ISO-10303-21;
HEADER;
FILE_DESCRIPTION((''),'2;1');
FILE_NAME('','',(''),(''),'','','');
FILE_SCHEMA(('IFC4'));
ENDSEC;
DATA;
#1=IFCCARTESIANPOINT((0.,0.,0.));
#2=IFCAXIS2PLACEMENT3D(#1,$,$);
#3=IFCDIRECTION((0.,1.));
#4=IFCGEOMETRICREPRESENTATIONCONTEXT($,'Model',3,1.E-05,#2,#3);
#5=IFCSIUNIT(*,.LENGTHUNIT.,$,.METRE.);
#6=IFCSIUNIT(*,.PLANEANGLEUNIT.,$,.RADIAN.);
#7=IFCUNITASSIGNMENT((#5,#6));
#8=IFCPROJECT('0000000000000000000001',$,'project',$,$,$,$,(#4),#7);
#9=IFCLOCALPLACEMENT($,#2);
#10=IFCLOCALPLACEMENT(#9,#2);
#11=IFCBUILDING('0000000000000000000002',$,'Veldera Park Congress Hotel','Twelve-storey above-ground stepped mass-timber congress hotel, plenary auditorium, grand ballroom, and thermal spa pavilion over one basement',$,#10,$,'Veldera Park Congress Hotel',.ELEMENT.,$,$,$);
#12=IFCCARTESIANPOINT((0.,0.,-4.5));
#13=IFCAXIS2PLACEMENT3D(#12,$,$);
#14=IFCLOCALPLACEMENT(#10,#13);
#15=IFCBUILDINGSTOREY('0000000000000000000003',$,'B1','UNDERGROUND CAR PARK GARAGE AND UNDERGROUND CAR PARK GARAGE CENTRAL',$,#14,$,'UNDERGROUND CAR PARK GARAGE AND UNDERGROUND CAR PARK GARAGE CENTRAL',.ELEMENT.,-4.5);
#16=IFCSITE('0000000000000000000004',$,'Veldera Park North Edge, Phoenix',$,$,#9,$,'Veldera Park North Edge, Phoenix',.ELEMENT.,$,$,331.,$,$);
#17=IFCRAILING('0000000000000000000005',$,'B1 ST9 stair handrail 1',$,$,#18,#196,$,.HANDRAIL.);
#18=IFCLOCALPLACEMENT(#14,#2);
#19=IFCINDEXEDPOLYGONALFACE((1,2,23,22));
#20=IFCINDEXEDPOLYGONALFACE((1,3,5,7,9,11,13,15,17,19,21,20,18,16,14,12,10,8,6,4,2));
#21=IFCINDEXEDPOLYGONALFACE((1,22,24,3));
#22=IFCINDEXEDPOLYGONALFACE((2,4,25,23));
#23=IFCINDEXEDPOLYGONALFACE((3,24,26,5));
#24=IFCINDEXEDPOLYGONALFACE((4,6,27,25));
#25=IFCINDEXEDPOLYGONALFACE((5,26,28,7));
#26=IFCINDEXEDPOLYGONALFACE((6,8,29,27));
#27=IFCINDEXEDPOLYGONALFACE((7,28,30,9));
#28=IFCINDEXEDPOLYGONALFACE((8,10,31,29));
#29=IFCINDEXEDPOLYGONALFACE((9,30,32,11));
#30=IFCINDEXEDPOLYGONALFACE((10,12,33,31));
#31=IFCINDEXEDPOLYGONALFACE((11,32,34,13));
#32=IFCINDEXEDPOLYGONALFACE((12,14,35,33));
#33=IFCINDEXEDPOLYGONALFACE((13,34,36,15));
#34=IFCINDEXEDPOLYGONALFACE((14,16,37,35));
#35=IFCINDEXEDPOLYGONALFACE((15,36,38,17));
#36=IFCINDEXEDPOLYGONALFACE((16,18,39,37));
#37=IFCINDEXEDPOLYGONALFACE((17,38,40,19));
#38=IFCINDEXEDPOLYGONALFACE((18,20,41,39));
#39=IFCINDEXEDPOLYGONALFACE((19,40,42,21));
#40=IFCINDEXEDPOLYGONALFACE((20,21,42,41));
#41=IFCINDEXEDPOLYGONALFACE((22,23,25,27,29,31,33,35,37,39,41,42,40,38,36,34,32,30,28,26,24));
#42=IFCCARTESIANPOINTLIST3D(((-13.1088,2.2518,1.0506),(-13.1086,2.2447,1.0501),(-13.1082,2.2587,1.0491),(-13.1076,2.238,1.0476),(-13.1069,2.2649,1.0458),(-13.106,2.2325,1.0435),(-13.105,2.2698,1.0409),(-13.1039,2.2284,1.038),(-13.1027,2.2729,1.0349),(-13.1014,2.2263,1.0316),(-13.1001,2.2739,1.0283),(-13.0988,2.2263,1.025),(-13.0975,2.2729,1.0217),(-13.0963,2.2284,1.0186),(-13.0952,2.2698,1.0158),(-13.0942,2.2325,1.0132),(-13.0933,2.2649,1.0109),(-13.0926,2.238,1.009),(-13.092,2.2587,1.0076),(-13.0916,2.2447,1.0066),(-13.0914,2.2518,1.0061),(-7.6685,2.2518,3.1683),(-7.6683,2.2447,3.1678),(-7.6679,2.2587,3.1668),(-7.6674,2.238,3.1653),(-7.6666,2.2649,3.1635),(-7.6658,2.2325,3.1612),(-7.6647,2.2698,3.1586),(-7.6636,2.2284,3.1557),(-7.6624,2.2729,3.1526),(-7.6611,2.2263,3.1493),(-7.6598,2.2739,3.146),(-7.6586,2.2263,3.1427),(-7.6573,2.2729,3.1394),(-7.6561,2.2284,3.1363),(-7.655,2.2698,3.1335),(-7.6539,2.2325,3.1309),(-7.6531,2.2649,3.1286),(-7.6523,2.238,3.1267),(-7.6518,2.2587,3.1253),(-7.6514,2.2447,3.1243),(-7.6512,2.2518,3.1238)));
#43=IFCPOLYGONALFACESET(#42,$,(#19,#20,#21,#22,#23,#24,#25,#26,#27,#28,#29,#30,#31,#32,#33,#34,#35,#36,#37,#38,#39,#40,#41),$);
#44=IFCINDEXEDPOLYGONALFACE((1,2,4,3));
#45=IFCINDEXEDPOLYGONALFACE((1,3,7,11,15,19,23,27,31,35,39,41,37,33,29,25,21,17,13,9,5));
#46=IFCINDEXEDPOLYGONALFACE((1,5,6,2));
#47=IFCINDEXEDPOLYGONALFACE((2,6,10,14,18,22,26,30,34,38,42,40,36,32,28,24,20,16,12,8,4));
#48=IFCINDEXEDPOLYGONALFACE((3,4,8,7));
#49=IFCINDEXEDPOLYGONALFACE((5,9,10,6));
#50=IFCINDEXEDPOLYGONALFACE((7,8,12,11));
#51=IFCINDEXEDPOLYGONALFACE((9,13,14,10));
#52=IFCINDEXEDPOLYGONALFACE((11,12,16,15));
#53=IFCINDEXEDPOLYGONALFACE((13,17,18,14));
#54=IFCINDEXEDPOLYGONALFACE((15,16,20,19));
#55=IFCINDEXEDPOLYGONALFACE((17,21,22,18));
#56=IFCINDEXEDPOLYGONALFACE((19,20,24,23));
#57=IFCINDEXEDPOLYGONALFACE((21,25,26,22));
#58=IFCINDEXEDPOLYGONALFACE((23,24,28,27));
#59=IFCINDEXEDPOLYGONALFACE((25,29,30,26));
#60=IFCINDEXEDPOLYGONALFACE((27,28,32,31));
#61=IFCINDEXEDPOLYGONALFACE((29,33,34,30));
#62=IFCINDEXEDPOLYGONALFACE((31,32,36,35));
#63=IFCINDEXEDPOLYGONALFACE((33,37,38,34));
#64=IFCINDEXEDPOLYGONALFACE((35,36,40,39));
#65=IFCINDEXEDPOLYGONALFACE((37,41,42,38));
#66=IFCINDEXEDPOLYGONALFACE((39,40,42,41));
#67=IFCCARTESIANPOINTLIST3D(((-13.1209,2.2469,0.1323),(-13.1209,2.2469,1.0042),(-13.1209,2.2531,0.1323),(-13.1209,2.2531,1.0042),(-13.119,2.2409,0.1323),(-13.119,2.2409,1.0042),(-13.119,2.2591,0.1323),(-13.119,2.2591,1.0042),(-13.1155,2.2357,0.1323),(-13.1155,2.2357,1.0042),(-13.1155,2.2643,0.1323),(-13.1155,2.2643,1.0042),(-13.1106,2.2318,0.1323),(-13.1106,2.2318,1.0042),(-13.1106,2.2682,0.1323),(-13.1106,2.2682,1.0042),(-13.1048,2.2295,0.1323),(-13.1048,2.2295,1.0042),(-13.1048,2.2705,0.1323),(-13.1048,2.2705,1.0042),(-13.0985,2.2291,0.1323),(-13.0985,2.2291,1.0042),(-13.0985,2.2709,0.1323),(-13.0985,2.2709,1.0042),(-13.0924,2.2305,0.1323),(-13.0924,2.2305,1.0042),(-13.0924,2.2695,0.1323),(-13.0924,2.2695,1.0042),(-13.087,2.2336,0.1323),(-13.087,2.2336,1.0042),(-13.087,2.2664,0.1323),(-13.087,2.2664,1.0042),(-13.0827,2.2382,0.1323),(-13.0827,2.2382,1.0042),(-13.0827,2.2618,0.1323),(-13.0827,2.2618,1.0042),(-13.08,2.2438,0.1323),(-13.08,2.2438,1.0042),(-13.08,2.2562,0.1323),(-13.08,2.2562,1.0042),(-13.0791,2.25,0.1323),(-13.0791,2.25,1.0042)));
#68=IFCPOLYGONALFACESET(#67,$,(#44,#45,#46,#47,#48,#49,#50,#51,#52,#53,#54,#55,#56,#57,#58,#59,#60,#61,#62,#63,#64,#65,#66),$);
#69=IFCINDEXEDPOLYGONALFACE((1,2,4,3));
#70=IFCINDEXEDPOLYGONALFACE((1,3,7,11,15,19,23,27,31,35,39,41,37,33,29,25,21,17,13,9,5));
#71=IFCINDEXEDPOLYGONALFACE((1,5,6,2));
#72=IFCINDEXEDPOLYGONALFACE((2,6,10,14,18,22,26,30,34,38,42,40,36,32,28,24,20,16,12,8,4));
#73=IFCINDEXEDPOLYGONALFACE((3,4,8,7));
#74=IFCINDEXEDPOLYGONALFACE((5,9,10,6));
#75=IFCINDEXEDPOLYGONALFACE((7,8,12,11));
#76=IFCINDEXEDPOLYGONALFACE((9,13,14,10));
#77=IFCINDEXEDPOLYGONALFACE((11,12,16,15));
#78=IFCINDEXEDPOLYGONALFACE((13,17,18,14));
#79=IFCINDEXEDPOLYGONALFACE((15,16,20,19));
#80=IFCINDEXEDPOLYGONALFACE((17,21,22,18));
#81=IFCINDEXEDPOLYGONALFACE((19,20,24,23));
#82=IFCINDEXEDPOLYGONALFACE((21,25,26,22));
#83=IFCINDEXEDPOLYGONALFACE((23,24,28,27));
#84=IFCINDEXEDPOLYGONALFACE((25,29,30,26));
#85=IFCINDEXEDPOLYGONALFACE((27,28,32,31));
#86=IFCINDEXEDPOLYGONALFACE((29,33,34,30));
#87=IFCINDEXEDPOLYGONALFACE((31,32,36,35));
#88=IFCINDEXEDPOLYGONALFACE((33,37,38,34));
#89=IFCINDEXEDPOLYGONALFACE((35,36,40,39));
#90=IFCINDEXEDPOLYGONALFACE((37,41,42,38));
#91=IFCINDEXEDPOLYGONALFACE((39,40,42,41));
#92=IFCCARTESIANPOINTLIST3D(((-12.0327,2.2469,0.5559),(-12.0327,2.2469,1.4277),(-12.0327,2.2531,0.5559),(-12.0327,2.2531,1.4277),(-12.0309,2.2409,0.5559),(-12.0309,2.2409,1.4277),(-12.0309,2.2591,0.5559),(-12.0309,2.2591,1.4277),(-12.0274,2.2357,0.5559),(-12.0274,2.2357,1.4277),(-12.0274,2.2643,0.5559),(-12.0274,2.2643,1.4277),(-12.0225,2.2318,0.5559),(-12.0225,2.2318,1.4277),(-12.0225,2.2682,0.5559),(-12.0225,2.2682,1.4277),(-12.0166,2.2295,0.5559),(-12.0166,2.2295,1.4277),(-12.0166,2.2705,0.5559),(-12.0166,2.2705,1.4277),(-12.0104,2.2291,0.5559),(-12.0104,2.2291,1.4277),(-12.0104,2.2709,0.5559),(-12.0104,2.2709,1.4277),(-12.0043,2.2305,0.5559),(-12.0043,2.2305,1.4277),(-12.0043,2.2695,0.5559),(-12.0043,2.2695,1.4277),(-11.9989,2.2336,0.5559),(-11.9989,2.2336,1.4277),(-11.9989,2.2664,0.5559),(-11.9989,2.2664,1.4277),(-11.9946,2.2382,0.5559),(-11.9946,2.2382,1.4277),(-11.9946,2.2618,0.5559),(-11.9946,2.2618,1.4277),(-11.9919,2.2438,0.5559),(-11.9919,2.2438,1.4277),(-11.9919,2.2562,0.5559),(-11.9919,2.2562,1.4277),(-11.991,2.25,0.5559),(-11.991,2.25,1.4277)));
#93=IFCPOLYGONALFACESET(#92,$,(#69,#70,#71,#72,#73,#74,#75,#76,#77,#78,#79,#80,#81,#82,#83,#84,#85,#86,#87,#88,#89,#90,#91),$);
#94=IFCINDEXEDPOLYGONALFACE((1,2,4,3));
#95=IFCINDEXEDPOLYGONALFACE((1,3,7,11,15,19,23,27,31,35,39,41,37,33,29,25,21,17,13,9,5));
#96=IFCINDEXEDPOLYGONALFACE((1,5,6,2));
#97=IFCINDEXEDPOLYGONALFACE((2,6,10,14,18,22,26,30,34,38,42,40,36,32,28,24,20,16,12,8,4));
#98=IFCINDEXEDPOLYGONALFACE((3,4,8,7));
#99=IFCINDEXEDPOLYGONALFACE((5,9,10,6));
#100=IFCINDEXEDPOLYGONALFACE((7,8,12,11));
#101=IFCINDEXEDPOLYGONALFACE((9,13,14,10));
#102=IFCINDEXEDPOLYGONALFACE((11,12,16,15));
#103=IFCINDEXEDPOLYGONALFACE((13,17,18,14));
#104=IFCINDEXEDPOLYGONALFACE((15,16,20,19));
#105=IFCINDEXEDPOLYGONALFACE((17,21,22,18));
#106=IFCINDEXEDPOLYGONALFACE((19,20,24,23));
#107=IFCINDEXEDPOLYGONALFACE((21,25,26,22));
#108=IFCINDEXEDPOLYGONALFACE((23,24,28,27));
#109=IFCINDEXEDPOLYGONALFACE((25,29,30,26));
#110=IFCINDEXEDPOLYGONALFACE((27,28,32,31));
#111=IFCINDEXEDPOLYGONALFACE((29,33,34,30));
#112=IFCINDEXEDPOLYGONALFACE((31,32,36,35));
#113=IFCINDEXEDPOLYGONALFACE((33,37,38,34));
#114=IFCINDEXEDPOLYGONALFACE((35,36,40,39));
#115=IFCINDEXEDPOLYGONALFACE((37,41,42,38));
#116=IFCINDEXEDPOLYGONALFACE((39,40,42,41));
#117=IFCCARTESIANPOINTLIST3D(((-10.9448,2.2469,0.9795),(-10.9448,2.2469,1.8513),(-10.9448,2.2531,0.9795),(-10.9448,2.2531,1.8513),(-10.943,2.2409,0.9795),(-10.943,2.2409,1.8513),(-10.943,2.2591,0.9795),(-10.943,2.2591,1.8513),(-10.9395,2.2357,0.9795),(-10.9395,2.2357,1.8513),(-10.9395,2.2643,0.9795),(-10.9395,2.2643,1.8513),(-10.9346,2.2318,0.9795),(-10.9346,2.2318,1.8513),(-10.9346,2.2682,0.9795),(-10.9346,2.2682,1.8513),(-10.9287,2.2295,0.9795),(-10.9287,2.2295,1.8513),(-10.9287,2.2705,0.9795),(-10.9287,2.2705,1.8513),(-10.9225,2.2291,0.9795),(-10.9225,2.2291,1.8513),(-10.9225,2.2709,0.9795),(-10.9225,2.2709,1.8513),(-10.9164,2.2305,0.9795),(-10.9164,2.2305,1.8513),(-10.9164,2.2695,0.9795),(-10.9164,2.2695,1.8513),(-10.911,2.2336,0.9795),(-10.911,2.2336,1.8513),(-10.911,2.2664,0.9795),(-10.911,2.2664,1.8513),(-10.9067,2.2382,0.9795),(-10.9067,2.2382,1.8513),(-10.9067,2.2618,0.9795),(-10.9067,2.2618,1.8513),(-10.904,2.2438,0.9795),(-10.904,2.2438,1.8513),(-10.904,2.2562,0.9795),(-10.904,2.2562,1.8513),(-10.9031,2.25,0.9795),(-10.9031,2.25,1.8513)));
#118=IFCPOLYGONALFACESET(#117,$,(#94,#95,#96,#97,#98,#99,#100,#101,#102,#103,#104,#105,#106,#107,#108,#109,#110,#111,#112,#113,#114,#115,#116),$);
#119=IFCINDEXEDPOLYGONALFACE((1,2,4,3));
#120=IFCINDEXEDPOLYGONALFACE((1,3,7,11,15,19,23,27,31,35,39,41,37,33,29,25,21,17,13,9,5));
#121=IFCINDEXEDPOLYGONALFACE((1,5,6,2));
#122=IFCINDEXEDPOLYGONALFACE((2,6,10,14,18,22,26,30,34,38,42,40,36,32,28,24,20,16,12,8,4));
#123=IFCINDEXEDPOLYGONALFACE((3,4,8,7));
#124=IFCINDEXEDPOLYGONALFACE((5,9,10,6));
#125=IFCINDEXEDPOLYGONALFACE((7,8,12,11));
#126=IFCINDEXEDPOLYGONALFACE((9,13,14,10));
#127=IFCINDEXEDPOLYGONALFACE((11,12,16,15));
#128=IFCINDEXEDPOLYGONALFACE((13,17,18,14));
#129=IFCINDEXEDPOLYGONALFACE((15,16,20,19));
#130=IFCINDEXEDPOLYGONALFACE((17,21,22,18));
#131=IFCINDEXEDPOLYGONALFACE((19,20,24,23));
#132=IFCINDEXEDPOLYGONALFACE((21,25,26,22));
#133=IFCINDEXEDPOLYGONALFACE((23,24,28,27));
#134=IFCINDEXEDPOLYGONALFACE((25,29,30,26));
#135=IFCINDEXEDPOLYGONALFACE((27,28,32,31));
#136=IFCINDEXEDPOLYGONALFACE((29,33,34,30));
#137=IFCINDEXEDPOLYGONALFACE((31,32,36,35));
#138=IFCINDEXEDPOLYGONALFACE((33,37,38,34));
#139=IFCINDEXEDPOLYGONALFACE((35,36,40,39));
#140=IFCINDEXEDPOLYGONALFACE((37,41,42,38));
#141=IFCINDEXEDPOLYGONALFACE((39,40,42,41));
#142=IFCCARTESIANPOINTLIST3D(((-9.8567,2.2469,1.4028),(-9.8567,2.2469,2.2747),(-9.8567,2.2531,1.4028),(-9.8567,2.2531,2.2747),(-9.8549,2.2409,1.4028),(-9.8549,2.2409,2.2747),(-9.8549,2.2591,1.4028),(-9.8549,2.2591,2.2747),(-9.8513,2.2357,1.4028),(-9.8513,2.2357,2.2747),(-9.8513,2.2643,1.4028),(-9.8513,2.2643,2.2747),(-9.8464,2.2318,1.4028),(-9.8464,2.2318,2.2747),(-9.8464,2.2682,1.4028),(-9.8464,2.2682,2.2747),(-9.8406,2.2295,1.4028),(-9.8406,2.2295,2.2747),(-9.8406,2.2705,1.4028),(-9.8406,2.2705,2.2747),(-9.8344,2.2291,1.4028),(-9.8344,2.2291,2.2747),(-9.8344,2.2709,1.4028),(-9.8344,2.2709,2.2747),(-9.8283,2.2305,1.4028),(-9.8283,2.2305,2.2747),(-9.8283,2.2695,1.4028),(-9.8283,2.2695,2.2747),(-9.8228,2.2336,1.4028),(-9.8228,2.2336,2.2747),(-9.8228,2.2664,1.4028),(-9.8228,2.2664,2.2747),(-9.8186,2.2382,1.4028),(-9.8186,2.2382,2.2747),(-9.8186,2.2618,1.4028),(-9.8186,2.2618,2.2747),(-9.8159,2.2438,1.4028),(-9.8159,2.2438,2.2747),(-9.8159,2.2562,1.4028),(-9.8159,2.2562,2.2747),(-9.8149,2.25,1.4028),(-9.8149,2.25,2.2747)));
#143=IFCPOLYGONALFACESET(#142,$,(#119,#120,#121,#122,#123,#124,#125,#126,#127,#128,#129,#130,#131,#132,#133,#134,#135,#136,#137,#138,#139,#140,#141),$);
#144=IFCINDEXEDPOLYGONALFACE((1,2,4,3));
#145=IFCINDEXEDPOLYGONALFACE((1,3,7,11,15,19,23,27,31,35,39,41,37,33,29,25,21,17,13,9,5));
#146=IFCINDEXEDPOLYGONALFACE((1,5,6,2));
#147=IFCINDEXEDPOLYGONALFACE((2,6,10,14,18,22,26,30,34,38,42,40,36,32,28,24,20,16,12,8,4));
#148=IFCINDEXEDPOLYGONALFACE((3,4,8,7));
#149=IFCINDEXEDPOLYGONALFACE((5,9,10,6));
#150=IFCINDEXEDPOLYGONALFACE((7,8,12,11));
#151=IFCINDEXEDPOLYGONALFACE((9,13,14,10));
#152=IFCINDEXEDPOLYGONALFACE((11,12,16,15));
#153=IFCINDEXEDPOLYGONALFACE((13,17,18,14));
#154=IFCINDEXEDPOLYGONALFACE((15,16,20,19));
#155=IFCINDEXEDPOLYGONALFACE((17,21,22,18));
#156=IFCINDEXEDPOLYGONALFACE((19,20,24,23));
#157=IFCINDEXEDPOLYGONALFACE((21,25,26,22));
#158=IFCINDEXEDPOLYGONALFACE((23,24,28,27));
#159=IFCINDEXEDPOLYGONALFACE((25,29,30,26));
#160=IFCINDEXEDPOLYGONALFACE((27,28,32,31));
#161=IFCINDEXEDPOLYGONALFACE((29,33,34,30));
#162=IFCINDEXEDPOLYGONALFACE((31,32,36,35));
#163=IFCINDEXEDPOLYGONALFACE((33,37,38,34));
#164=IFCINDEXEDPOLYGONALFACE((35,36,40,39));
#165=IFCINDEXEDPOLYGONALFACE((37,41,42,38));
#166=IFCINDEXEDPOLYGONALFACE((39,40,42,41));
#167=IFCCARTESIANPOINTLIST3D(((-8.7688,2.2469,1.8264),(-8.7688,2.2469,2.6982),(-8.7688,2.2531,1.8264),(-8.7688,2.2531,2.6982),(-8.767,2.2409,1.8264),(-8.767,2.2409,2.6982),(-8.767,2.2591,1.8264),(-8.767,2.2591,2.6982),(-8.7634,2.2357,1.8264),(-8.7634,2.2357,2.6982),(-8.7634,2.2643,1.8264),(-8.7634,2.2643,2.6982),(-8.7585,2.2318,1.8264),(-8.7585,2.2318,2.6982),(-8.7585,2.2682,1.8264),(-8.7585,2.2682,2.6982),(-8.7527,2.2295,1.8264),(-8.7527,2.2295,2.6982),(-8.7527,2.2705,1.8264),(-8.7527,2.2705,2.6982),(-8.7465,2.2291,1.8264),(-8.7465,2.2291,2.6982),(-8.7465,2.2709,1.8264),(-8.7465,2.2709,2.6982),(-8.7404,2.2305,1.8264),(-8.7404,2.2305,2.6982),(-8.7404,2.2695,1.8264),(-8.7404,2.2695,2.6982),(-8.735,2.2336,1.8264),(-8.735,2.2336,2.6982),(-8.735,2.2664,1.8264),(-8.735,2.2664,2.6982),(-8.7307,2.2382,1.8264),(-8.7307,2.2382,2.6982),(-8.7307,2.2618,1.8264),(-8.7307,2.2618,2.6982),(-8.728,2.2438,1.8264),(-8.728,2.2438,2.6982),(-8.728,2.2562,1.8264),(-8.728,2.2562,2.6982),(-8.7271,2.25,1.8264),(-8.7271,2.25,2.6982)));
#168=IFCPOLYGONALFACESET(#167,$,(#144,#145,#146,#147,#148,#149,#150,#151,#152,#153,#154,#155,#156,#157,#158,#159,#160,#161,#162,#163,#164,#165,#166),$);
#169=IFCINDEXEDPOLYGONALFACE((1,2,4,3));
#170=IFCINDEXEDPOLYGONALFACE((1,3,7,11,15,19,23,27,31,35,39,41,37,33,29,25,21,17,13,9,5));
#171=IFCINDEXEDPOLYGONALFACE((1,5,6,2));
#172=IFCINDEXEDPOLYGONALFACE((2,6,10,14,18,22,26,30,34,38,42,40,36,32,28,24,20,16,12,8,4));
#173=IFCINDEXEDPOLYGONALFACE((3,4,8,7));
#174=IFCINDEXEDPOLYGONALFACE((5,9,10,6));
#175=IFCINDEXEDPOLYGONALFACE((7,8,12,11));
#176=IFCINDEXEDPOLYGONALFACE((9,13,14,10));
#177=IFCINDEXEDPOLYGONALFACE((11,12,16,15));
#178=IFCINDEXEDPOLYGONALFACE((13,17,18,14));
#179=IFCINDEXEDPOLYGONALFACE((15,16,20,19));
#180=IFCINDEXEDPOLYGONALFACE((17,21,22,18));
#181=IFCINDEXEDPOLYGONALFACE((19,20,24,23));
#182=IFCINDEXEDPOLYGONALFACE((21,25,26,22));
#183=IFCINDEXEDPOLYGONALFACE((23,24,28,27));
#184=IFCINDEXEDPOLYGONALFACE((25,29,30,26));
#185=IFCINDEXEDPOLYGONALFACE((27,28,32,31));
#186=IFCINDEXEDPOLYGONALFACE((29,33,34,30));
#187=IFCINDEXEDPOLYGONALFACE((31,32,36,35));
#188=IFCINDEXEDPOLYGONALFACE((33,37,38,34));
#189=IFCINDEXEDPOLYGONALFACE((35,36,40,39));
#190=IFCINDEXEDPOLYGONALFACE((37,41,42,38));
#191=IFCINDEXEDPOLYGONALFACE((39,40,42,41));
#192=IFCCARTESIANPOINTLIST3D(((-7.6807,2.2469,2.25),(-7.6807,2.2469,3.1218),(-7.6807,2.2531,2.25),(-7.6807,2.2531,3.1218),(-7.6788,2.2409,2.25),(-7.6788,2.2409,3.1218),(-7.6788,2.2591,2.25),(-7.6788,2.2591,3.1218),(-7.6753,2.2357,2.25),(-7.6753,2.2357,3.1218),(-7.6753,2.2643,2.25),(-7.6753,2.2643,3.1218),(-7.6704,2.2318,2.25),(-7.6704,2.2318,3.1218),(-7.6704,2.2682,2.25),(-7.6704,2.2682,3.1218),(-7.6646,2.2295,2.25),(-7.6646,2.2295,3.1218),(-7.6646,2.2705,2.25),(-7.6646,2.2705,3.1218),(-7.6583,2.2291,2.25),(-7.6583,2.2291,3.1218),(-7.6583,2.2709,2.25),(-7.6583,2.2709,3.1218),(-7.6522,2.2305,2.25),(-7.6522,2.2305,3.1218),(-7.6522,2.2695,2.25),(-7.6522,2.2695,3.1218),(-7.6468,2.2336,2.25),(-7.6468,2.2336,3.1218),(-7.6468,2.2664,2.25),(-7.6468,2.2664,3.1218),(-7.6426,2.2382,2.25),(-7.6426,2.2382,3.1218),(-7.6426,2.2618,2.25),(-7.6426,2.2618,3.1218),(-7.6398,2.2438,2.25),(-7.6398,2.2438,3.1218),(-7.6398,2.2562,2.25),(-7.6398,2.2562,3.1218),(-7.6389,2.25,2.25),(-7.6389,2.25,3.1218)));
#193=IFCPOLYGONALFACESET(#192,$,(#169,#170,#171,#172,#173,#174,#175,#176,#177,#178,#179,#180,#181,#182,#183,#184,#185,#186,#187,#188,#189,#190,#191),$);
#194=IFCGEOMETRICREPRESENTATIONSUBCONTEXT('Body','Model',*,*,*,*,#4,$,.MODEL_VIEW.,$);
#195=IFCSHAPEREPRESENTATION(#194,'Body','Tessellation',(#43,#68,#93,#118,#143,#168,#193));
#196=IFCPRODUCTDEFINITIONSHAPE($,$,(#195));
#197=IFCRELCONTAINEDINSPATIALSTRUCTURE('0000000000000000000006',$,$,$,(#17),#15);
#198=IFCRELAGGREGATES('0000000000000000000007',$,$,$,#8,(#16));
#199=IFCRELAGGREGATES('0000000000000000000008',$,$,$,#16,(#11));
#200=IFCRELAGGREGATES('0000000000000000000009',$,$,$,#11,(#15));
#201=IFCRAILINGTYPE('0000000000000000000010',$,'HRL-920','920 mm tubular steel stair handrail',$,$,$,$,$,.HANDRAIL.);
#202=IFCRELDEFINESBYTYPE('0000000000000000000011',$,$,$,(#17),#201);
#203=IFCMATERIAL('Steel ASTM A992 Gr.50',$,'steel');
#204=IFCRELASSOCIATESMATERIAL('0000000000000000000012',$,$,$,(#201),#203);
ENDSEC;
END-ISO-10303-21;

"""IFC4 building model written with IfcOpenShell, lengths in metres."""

from ifc_helpers import new_model, si_unit, direction, frame, origin, origin_2d, place, context, subcontext, project, spatial, circle, extrude, material, type_object, element, save


model = new_model("IFC4")

# Units and contexts
model_context = context("Model", 3, precision=1e-05, world=origin(), true_north=direction((0.0, 1.0)))
body_context = subcontext(model_context, "Body", "Model", "MODEL_VIEW")
ifc_project = project(units=[si_unit("LENGTHUNIT", "METRE"), si_unit("PLANEANGLEUNIT", "RADIAN")], contexts=[model_context])

# Site, building, storey
site_placement = place(None, origin())
site = spatial("IfcSite", under=ifc_project, at=site_placement, Name="Veldera Park North Edge, Phoenix", LongName="Veldera Park North Edge, Phoenix", CompositionType="ELEMENT", RefElevation=331.0)
building_placement = place(site_placement, origin())
building = spatial("IfcBuilding", under=site, at=building_placement, Name="Veldera Park Congress Hotel", Description="Twelve-storey above-ground stepped mass-timber congress hotel, plenary auditorium, grand ballroom, and thermal spa pavilion over one basement", LongName="Veldera Park Congress Hotel", CompositionType="ELEMENT")
storey_placement = place(building_placement, frame((0.0, 0.0, -4.5)))
storey = spatial("IfcBuildingStorey", under=building, at=storey_placement, Name="B1", Description="UNDERGROUND CAR PARK GARAGE AND UNDERGROUND CAR PARK GARAGE CENTRAL", LongName="UNDERGROUND CAR PARK GARAGE AND UNDERGROUND CAR PARK GARAGE CENTRAL", CompositionType="ELEMENT", Elevation=-4.5)

# Railing
ifc_material_1 = material(Name="Steel ASTM A992 Gr.50", Category="steel")
railing_type_1 = type_object("IfcRailingType", Name="HRL-920", Description="920 mm tubular steel stair handrail", PredefinedType="HANDRAIL", material=ifc_material_1)
railing_1_placement = place(storey_placement, frame((-13.1001, 2.25, 0.1323)))
element("IfcRailing", 1, at=railing_1_placement, inside=storey, type_object=railing_type_1, Name="B1 ST9 stair handrail 1", PredefinedType="HANDRAIL", context=body_context, shape_type="SweptSolid", body=[
    extrude(circle(Radius=0.0239, at=origin_2d()), frame((0.0, 0.0, 0.896), z_axis=(0.931886, 0.0, 0.362751), x_axis=(0.0, 1.0, 0.0)), (0.0, 0.0, 1.0), 5.8379),
    extrude(circle(Radius=0.021, at=origin_2d()), origin(), (0.0, 0.0, 1.0), 0.8718),
    extrude(circle(Radius=0.021, at=origin_2d()), frame((1.0881, 0.0, 0.4236)), (0.0, 0.0, 1.0), 0.8718),
    extrude(circle(Radius=0.021, at=origin_2d()), frame((2.176, 0.0, 0.8472)), (0.0, 0.0, 1.0), 0.8718),
    extrude(circle(Radius=0.021, at=origin_2d()), frame((3.2642, 0.0, 1.2705)), (0.0, 0.0, 1.0), 0.8718),
    extrude(circle(Radius=0.021, at=origin_2d()), frame((4.3521, 0.0, 1.6941)), (0.0, 0.0, 1.0), 0.8718),
    extrude(circle(Radius=0.021, at=origin_2d()), frame((5.4402, 0.0, 2.1177)), (0.0, 0.0, 1.0), 0.8718),
])

save(model, "model.ifc")
